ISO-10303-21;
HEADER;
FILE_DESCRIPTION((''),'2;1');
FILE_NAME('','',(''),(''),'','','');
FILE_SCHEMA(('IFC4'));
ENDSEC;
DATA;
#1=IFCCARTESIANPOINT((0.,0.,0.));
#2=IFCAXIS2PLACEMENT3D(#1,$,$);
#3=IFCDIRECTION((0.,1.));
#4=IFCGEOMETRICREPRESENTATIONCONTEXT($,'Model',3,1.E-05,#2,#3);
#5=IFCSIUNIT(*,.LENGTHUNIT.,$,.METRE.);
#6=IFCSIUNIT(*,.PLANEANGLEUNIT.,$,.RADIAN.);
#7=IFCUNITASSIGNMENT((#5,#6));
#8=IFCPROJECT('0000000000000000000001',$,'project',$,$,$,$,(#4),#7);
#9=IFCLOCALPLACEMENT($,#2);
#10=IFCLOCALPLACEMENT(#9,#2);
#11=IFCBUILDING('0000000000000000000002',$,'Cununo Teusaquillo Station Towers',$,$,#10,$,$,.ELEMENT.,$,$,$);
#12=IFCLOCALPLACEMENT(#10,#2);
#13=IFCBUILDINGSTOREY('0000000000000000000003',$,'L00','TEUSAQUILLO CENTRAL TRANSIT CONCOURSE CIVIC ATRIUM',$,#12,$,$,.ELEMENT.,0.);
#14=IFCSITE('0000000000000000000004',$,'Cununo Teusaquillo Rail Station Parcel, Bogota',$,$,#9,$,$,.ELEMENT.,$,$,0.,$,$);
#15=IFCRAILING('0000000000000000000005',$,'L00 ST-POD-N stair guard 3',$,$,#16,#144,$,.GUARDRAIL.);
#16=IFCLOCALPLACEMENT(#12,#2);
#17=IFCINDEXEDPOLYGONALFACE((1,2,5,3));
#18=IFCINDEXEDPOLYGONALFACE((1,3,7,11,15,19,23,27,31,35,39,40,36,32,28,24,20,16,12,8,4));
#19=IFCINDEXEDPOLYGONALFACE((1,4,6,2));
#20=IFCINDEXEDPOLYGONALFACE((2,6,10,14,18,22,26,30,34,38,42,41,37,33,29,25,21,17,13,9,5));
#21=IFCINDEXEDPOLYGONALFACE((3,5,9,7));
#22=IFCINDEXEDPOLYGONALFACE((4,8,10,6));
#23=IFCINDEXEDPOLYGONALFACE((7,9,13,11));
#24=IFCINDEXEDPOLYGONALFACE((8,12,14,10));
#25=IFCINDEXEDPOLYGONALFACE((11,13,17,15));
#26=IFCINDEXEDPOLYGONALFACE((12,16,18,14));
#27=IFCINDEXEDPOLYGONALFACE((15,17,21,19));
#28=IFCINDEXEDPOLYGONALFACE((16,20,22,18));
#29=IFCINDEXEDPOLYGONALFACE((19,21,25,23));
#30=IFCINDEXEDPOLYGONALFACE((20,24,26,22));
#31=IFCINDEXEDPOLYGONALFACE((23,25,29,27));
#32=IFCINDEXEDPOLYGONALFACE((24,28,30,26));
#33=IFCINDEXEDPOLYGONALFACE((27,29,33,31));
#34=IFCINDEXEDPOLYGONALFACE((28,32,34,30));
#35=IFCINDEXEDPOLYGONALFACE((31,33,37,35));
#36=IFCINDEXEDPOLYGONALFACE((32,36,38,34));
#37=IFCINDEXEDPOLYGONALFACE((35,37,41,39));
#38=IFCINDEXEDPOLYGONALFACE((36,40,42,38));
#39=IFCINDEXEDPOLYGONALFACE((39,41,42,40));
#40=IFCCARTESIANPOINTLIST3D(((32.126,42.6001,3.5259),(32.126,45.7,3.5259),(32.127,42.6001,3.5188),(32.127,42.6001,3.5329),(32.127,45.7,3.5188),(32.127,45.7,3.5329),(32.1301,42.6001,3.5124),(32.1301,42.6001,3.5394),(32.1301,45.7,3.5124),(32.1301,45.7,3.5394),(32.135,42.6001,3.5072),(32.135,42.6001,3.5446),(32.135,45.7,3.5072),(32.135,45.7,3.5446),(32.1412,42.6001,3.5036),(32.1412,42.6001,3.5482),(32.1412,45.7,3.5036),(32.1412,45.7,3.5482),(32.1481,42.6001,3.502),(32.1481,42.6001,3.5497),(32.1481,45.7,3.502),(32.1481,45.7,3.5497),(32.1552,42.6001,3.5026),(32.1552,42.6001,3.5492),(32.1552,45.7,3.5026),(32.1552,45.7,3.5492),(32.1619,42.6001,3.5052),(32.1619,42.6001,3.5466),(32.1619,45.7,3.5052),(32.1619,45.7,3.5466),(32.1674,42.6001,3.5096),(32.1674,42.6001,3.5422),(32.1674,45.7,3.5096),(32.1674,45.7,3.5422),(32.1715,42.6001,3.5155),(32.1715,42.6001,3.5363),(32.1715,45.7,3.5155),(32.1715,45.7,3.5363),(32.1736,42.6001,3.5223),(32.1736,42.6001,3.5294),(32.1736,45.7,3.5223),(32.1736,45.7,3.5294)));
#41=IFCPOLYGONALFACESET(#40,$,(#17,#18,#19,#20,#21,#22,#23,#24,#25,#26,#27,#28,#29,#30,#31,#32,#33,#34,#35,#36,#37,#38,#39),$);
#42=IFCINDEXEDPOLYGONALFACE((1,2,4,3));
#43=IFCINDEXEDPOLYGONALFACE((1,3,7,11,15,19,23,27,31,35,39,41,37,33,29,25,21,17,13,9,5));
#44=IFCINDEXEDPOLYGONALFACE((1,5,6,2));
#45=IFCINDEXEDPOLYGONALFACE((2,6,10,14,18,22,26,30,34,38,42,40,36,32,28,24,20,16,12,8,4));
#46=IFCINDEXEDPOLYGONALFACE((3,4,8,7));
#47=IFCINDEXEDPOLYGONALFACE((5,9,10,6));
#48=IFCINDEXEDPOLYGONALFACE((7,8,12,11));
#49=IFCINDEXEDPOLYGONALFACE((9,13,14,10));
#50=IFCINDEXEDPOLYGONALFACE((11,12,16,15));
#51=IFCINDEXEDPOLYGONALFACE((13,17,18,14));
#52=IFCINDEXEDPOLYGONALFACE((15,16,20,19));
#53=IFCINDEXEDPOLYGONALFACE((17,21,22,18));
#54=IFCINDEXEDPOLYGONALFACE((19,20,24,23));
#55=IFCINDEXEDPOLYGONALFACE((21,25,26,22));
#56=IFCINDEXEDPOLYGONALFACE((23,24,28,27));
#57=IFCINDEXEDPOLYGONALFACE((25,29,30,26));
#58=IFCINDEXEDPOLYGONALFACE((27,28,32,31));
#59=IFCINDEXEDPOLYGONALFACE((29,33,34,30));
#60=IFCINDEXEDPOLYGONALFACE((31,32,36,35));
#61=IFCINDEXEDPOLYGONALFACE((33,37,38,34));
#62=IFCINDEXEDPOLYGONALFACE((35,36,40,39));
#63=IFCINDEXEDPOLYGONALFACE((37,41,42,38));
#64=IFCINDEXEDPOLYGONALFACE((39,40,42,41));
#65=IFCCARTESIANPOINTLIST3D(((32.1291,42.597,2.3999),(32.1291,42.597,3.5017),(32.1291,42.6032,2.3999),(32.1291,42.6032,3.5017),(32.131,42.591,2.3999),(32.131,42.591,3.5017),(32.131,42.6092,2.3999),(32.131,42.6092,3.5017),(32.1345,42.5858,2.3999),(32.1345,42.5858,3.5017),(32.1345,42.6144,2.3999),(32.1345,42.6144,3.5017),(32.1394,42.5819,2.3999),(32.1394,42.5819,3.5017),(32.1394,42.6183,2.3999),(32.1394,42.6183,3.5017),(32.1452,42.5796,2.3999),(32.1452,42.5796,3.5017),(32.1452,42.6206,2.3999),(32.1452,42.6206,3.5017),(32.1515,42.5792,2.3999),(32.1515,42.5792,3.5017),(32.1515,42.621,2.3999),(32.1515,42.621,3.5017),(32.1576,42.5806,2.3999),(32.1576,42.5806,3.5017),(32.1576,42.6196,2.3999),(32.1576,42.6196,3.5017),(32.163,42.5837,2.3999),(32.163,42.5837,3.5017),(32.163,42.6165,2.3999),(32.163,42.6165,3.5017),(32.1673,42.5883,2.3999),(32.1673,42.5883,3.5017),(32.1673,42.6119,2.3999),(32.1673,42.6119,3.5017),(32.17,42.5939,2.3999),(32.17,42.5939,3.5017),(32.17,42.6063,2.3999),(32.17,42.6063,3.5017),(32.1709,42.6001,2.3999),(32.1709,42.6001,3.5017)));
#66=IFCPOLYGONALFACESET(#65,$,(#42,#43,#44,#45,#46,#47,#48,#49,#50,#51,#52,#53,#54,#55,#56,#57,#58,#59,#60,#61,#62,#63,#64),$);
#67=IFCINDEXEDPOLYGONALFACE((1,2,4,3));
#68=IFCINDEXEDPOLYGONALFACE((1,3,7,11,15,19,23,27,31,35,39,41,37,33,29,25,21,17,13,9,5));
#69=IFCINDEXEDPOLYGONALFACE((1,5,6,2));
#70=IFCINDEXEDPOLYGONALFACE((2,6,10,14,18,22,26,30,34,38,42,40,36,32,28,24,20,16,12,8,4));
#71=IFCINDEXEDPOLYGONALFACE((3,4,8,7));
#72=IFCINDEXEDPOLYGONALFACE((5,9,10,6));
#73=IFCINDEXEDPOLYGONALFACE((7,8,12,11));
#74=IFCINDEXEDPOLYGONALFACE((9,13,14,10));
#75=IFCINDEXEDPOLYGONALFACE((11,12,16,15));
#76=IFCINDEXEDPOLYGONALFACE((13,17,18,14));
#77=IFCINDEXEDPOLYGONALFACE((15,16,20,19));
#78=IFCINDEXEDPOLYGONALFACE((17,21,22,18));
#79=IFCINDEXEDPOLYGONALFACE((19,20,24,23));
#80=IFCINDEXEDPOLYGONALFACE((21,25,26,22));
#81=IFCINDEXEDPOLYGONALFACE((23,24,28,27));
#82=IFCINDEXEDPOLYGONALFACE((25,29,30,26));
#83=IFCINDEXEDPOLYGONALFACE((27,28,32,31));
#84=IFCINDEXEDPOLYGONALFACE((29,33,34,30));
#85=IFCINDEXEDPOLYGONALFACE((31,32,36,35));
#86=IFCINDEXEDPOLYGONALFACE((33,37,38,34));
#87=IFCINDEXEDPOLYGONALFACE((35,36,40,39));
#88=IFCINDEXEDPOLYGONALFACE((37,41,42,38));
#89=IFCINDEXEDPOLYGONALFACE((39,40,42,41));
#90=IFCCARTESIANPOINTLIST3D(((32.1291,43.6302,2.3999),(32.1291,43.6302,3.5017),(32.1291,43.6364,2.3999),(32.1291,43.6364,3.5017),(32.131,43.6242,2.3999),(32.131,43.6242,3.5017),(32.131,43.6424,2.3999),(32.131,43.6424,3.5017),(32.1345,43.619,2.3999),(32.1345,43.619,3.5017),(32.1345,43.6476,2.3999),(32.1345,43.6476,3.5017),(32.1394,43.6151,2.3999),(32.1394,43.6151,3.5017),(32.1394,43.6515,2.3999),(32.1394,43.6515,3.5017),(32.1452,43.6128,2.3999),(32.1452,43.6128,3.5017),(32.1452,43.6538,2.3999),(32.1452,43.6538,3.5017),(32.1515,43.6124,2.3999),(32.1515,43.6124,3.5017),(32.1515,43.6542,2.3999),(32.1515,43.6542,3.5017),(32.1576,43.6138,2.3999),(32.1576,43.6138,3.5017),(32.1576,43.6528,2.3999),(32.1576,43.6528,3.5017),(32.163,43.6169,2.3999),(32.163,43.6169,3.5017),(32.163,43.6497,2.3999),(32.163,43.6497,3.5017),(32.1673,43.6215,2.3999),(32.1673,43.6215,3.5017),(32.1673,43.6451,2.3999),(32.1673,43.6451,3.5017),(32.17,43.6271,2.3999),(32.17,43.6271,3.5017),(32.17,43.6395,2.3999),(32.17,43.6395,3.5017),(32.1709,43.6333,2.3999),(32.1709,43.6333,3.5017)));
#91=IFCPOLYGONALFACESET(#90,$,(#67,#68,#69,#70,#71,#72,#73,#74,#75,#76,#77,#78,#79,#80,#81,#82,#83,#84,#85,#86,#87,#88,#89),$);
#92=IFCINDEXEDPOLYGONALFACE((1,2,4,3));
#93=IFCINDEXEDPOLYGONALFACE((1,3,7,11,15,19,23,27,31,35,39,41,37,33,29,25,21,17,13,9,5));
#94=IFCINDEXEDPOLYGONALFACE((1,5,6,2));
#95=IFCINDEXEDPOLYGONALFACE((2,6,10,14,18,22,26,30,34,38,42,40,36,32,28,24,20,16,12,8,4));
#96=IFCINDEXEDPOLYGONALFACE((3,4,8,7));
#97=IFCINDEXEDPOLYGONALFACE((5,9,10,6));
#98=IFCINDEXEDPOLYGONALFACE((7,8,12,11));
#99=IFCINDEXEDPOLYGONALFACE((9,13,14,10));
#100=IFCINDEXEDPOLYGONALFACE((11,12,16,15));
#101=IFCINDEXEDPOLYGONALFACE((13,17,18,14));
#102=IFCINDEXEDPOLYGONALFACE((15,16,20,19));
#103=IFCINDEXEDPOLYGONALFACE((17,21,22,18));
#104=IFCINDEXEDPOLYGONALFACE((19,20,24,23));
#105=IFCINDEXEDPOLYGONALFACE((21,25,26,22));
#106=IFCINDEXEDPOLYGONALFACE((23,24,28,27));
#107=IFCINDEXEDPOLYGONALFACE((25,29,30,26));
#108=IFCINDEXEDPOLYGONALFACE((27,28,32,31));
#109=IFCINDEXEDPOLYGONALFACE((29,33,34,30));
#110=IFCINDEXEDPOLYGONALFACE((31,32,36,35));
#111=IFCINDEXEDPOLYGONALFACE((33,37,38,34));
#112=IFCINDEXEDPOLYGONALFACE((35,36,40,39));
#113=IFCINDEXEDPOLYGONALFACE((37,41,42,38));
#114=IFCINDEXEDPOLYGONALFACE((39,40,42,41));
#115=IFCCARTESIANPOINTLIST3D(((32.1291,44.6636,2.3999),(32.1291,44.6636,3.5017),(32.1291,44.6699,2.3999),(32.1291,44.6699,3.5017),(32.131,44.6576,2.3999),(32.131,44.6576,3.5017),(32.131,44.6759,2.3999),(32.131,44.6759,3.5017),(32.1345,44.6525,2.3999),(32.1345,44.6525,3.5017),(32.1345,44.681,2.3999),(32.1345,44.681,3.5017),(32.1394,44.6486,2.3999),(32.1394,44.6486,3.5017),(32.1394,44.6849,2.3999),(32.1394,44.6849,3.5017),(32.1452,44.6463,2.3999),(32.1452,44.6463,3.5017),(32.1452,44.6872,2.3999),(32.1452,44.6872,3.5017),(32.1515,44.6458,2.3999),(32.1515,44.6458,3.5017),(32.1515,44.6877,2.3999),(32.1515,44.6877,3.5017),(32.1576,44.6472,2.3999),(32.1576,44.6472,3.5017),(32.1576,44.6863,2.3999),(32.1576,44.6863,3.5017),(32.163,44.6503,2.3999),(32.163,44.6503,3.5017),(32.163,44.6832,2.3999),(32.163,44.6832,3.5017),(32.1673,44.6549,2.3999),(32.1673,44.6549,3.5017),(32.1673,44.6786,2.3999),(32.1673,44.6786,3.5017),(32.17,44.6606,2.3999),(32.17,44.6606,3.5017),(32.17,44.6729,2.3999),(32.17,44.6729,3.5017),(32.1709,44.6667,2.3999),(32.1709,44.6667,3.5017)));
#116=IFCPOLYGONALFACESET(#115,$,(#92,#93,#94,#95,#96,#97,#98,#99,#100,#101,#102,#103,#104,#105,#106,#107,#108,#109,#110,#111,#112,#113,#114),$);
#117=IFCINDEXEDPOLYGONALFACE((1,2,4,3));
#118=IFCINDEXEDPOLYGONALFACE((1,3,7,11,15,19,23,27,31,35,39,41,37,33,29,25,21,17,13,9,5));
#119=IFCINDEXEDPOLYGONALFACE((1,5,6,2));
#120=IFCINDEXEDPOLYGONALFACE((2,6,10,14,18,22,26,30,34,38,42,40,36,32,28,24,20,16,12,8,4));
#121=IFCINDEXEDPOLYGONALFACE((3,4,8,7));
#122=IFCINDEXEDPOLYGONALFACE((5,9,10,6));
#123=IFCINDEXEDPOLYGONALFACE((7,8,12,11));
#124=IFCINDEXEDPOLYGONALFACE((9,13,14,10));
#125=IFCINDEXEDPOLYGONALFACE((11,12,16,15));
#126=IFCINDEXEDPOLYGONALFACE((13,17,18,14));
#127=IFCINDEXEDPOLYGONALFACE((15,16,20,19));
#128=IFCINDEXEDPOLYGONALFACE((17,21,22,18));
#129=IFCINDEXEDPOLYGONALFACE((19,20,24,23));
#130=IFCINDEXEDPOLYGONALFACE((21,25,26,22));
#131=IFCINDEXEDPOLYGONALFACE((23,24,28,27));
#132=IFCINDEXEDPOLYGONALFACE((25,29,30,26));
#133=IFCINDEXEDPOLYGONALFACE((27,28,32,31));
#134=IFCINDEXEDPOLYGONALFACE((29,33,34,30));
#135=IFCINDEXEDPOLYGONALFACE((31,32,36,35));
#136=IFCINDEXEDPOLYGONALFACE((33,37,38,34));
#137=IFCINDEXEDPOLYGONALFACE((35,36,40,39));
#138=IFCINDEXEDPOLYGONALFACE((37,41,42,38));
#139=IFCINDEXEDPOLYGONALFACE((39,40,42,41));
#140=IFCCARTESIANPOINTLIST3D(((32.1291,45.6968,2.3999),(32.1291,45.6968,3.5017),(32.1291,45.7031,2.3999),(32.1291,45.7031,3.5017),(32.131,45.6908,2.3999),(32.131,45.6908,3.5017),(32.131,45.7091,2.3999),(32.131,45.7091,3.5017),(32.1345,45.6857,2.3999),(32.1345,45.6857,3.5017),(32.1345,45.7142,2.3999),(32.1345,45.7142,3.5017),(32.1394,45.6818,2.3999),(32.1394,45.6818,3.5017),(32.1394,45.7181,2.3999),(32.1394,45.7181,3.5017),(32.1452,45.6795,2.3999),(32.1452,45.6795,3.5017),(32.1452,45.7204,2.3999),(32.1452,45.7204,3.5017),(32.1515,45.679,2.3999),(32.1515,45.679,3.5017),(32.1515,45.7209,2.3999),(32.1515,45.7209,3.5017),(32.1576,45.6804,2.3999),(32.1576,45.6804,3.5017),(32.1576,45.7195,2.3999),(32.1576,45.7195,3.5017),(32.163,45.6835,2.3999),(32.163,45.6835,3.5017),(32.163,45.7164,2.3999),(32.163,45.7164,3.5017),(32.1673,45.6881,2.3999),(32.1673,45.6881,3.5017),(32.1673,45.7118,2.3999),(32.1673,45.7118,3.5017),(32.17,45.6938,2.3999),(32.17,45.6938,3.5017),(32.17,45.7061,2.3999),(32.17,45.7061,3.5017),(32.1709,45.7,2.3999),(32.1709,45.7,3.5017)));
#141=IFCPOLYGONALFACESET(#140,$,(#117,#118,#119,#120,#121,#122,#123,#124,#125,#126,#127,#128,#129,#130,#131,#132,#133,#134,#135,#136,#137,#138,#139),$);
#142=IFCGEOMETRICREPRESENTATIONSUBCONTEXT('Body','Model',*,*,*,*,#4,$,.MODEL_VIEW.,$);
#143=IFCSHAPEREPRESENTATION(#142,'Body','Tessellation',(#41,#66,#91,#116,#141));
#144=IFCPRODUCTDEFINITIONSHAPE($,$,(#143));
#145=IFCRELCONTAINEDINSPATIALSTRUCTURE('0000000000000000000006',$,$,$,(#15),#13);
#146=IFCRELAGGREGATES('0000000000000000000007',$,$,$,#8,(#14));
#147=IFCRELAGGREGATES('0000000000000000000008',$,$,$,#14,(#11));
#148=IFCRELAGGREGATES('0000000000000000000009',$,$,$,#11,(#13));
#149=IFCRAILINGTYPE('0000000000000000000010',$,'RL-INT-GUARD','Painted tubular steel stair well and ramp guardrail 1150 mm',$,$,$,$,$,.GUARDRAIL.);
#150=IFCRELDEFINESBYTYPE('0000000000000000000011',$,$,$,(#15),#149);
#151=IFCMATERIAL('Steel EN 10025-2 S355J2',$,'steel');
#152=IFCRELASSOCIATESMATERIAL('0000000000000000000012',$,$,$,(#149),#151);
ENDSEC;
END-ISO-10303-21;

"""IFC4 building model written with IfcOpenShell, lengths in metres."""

from ifc_helpers import new_model, si_unit, direction, frame, origin, origin_2d, place, context, subcontext, project, spatial, circle, extrude, material, type_object, element, save


model = new_model("IFC4")

# Units and contexts
model_context = context("Model", 3, precision=1e-05, world=origin(), true_north=direction((0.0, 1.0)))
body_context = subcontext(model_context, "Body", "Model", "MODEL_VIEW")
ifc_project = project(units=[si_unit("LENGTHUNIT", "METRE"), si_unit("PLANEANGLEUNIT", "RADIAN")], contexts=[model_context])

# Site, building, storey
site_placement = place(None, origin())
site = spatial("IfcSite", under=ifc_project, at=site_placement, Name="Cununo Teusaquillo Rail Station Parcel, Bogota", CompositionType="ELEMENT", RefElevation=0.0)
building_placement = place(site_placement, origin())
building = spatial("IfcBuilding", under=site, at=building_placement, Name="Cununo Teusaquillo Station Towers", CompositionType="ELEMENT")
storey_placement = place(building_placement, origin())
storey = spatial("IfcBuildingStorey", under=building, at=storey_placement, Name="L00", Description="TEUSAQUILLO CENTRAL TRANSIT CONCOURSE CIVIC ATRIUM", CompositionType="ELEMENT", Elevation=0.0)

# Railing
ifc_material_1 = material(Name="Steel EN 10025-2 S355J2", Category="steel")
railing_type_1 = type_object("IfcRailingType", Name="RL-INT-GUARD", Description="Painted tubular steel stair well and ramp guardrail 1150 mm", PredefinedType="GUARDRAIL", material=ifc_material_1)
railing_1_placement = place(storey_placement, frame((32.1499, 42.6001, 2.3999)))
element("IfcRailing", 1, at=railing_1_placement, inside=storey, type_object=railing_type_1, Name="L00 ST-POD-N stair guard 3", PredefinedType="GUARDRAIL", context=body_context, shape_type="SweptSolid", body=[
    extrude(circle(Radius=0.0239, at=origin_2d()), frame((0.0, 0.0, 1.126), z_axis=(0.0, 1.0, 0.0), x_axis=(-1.0, 0.0, 0.0)), (0.0, 0.0, 1.0), 3.0999),
    extrude(circle(Radius=0.021, at=origin_2d()), origin(), (0.0, 0.0, 1.0), 1.1018),
    extrude(circle(Radius=0.021, at=origin_2d()), frame((0.0, 1.0332, 0.0)), (0.0, 0.0, 1.0), 1.1018),
    extrude(circle(Radius=0.021, at=origin_2d()), frame((0.0, 2.0667, 0.0)), (0.0, 0.0, 1.0), 1.1018),
    extrude(circle(Radius=0.021, at=origin_2d()), frame((0.0, 3.0999, 0.0)), (0.0, 0.0, 1.0), 1.1018),
])

save(model, "model.ifc")
